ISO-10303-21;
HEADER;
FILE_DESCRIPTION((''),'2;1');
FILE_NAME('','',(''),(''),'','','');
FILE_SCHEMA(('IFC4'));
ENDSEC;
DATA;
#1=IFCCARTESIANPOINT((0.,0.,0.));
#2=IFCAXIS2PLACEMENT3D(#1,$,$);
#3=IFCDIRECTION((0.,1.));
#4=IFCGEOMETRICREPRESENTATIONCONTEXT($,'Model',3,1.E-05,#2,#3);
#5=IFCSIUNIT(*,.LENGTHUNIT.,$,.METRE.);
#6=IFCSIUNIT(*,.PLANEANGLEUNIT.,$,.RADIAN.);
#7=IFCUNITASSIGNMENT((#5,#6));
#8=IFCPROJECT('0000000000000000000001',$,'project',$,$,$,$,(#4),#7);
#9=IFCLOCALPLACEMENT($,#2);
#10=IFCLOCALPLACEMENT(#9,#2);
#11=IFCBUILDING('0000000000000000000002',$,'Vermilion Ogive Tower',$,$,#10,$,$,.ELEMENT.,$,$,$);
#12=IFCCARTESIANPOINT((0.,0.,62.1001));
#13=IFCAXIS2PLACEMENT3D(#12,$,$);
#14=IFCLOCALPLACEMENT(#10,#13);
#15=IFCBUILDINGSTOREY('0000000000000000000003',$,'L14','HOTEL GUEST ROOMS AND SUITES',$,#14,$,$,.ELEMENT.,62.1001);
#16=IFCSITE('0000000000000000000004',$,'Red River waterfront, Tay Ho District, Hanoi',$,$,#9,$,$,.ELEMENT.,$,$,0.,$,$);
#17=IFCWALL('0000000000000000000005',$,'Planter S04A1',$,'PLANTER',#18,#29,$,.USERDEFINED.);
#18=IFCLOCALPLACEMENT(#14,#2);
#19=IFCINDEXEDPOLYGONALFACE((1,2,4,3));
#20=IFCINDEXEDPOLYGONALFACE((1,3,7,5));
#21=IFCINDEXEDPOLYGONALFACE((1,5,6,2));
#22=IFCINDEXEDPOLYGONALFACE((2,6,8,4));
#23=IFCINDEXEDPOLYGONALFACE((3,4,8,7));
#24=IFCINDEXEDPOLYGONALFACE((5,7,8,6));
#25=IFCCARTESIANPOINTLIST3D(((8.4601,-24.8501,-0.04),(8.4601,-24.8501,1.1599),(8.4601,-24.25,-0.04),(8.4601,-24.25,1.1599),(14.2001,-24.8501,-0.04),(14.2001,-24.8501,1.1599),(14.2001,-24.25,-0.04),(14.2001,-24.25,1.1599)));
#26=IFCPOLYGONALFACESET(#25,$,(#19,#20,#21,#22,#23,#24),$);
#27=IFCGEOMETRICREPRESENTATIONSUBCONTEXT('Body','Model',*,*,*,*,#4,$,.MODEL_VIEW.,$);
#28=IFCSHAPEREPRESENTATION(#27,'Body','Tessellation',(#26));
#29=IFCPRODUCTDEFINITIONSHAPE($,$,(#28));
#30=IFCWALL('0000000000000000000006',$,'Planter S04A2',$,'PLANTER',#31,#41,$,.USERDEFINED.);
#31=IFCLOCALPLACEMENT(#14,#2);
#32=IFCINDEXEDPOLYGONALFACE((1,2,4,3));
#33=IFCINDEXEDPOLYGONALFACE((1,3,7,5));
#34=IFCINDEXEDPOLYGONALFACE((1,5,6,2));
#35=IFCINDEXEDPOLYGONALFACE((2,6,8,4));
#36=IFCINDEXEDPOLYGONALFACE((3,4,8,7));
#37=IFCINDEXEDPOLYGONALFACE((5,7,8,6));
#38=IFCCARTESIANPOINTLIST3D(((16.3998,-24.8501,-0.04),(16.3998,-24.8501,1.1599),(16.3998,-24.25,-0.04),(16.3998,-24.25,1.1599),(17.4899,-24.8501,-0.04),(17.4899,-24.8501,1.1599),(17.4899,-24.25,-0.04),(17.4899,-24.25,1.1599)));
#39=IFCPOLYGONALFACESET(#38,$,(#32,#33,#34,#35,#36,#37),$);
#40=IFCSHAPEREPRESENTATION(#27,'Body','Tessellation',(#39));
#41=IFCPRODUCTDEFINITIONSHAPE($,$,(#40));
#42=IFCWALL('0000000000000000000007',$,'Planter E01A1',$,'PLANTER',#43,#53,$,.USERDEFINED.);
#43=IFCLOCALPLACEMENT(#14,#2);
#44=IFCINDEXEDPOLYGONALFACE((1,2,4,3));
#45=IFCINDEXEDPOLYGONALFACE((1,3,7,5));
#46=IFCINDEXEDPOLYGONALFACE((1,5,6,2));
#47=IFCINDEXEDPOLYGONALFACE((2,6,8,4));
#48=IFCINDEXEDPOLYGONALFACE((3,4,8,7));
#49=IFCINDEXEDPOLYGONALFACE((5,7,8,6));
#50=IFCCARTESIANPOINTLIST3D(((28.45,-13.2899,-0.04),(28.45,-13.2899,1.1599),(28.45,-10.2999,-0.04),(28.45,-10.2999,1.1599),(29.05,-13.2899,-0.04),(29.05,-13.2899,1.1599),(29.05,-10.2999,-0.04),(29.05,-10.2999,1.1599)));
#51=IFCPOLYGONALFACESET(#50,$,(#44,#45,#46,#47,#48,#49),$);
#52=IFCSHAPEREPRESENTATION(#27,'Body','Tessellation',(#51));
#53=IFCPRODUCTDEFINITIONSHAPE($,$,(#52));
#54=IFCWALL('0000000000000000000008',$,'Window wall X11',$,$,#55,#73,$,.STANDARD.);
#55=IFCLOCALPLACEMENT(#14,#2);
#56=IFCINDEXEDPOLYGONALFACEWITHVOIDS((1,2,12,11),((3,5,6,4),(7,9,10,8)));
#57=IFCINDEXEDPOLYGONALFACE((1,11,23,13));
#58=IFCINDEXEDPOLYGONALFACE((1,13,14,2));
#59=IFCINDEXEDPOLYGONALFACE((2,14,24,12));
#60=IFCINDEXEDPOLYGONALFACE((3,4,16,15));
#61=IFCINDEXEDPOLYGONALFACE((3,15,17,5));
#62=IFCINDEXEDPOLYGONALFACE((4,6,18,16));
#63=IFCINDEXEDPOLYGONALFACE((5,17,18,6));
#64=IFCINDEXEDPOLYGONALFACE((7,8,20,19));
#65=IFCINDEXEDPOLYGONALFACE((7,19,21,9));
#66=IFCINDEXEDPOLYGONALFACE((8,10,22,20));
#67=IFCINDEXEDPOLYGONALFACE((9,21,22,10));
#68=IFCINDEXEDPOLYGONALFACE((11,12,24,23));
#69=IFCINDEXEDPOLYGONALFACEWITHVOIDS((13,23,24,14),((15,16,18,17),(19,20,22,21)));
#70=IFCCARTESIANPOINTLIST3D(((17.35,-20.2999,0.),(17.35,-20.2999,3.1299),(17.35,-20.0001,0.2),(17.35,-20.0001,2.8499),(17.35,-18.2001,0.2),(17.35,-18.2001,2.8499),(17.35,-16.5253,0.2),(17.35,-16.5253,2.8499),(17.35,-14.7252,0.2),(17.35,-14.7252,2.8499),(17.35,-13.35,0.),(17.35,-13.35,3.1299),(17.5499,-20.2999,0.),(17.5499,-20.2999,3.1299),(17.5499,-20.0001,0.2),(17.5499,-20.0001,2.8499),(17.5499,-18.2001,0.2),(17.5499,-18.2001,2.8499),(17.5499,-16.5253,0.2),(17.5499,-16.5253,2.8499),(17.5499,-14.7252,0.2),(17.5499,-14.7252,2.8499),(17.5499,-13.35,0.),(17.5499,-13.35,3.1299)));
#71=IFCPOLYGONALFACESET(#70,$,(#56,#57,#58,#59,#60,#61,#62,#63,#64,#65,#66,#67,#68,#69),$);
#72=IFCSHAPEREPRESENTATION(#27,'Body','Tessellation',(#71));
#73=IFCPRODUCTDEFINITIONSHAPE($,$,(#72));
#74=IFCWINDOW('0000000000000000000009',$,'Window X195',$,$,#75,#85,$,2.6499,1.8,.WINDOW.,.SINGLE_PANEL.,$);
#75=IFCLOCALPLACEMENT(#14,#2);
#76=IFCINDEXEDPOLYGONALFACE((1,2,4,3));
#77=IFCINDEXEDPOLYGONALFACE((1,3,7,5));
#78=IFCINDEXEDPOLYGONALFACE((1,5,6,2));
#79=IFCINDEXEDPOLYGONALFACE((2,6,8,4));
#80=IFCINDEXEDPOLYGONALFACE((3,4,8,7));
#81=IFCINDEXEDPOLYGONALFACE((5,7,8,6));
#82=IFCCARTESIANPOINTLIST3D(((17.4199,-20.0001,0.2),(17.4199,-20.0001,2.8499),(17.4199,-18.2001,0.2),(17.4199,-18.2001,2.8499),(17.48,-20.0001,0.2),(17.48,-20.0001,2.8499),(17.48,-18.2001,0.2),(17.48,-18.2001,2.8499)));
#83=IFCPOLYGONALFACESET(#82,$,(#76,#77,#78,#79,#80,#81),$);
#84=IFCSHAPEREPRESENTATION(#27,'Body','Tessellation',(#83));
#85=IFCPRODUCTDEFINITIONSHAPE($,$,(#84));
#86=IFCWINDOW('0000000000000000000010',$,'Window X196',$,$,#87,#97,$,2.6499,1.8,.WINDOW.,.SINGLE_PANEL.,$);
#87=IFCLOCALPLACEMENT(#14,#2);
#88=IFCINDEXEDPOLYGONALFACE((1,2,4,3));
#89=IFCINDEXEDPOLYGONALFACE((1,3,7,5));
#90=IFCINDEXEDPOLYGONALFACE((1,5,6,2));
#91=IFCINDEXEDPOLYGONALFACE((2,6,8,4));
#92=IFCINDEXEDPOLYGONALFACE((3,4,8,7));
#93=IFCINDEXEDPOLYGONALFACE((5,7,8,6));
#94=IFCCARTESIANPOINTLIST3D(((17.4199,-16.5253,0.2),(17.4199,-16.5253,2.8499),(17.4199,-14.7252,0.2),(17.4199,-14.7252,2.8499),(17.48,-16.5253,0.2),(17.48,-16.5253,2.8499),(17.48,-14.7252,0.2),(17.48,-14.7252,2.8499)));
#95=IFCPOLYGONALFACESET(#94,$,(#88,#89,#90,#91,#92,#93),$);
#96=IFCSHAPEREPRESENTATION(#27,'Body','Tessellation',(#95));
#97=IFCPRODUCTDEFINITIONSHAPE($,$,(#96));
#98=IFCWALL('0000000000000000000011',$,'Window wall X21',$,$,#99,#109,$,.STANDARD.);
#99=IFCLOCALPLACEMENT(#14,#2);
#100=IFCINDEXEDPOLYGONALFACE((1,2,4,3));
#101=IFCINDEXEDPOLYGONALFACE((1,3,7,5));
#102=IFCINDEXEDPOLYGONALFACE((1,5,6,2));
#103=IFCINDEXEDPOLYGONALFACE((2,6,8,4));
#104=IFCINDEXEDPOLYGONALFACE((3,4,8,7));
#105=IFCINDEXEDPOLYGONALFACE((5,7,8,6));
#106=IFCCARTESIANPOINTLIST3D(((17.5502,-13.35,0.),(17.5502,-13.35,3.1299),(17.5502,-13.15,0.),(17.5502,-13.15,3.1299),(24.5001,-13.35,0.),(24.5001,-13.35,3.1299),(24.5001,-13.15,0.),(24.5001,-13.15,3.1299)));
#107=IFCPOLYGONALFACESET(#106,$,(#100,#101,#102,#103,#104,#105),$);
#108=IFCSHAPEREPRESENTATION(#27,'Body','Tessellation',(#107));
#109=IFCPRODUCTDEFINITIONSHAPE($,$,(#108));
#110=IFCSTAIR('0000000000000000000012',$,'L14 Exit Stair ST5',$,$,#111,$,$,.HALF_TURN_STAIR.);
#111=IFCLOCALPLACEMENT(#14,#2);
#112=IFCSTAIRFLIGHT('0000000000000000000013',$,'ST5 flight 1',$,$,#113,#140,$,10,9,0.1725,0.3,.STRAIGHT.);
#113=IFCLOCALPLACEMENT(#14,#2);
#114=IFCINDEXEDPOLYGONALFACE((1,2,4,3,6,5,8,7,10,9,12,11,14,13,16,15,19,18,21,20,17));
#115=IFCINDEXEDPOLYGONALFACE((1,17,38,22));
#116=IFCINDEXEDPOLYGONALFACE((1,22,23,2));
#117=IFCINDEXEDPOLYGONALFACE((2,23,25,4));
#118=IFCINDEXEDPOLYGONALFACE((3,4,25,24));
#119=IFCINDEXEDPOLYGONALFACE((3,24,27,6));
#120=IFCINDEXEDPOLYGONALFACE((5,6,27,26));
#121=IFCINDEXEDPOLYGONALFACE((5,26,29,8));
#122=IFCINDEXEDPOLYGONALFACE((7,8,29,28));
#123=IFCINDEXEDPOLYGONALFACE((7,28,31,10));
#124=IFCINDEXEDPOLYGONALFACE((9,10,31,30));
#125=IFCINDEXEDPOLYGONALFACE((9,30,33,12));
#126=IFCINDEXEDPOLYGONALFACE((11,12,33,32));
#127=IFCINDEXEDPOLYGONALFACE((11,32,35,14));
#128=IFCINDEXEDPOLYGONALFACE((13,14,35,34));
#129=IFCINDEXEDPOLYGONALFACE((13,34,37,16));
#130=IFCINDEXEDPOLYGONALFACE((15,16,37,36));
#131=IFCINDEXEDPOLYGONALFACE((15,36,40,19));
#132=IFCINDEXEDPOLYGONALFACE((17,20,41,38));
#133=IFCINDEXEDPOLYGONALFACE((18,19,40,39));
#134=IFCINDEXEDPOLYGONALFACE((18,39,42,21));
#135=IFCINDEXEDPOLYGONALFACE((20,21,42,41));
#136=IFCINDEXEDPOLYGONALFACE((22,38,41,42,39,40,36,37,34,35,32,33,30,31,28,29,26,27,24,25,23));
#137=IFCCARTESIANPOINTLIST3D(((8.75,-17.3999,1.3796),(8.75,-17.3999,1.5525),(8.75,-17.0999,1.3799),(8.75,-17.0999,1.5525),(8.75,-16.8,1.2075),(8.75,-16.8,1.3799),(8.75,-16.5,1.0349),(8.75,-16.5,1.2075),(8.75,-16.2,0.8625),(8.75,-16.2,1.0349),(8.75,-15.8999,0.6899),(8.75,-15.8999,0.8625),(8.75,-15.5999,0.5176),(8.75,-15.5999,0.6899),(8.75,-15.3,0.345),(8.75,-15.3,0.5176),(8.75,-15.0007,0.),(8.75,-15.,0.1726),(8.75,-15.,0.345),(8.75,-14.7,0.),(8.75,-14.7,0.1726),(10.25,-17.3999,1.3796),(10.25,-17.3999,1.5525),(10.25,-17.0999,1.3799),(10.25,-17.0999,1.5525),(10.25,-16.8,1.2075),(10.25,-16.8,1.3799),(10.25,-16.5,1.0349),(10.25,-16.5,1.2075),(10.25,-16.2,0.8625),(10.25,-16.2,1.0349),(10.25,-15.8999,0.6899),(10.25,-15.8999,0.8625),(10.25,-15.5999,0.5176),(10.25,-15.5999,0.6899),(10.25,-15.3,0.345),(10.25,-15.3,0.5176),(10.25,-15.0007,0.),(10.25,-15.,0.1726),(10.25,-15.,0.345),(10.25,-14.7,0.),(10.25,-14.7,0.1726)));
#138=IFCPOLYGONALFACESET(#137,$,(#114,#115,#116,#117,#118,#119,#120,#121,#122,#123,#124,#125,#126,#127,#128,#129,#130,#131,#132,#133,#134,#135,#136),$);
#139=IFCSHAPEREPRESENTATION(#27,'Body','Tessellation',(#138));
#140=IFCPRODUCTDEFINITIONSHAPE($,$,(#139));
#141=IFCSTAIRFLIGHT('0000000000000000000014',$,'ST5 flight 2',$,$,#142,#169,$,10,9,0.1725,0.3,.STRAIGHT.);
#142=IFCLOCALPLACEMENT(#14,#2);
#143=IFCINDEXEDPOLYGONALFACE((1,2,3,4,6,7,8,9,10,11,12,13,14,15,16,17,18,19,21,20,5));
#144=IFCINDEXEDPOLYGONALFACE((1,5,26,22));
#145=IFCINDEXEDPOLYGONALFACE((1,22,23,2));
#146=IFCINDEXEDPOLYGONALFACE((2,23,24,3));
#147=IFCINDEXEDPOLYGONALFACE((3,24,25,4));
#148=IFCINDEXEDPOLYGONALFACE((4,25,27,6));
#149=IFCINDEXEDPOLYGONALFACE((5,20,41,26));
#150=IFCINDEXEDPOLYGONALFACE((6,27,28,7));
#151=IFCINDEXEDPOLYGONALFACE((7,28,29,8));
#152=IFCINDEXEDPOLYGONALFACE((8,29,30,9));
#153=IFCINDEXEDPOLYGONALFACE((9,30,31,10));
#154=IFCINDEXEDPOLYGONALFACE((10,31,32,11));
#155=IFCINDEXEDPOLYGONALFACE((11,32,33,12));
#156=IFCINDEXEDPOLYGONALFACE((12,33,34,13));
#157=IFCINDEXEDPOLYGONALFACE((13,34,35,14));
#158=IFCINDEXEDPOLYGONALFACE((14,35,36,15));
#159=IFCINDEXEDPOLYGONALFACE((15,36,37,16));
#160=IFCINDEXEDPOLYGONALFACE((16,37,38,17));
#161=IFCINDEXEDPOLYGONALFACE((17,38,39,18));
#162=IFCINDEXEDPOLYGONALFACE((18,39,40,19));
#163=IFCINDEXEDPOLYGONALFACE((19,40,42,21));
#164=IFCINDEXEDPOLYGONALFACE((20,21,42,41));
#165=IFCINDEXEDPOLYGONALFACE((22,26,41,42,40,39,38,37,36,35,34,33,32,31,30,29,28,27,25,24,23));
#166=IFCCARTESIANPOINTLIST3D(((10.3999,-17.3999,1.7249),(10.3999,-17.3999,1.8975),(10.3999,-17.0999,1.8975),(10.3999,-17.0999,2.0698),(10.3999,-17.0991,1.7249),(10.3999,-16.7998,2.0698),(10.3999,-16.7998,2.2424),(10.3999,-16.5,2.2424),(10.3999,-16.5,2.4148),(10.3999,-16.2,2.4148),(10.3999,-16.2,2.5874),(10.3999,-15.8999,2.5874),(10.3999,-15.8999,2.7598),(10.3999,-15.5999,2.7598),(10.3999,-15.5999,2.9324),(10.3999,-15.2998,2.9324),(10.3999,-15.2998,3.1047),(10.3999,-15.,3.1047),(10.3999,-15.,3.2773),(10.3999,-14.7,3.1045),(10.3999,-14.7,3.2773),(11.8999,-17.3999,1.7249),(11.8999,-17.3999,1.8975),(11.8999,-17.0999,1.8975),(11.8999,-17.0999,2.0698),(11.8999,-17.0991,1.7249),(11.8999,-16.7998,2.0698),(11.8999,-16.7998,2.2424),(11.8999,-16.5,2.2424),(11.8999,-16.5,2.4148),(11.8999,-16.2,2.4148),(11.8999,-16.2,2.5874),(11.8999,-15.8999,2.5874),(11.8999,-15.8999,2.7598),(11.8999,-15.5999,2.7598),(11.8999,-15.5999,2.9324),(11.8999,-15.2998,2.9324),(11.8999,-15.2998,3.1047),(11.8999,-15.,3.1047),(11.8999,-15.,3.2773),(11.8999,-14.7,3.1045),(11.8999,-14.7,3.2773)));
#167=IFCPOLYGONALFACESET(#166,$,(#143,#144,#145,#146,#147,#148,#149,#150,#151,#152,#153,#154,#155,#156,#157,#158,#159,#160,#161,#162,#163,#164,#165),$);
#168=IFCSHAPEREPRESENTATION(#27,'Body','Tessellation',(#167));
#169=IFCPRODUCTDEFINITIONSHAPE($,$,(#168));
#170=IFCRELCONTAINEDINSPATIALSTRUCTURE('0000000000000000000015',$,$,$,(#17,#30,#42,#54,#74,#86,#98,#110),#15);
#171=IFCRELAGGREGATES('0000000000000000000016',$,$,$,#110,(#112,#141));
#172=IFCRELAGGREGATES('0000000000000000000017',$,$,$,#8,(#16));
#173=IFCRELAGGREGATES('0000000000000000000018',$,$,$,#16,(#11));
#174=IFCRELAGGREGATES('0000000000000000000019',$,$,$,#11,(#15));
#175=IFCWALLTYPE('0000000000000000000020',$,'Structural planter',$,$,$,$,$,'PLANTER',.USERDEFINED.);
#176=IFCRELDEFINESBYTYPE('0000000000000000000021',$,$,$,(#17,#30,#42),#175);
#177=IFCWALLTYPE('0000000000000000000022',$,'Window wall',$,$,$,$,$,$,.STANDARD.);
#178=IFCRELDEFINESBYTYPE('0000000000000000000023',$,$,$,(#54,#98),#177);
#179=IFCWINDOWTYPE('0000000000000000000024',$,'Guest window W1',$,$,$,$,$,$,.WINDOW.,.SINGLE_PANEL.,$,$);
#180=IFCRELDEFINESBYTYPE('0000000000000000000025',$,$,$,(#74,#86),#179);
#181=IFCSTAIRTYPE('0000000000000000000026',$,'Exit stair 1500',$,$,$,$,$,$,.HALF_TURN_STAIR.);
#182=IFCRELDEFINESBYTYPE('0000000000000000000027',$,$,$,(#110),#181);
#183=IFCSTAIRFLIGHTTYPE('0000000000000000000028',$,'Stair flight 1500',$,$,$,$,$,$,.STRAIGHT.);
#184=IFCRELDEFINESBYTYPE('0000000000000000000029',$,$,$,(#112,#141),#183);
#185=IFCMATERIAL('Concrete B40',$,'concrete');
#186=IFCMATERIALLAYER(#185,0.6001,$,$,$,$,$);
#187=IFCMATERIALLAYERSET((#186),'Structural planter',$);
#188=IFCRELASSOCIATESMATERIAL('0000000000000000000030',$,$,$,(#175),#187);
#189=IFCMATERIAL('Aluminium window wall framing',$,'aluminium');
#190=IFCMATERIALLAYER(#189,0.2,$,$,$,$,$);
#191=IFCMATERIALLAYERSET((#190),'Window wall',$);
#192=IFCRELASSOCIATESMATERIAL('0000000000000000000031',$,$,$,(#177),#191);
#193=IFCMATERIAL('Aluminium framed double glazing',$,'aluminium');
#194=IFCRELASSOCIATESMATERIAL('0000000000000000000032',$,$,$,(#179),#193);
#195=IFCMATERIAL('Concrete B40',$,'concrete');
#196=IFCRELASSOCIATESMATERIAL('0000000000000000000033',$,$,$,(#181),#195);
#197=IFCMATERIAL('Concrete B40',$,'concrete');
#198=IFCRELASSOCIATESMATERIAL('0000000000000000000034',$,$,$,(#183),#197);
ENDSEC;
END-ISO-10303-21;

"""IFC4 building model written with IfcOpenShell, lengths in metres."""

from ifc_helpers import new_model, si_unit, direction, frame, frame_2d, origin, place, context, subcontext, project, spatial, polyline, rectangle, outline, extrude, material, layer, layer_set, type_object, element, fill, aggregate, save


model = new_model("IFC4")

# Units and contexts
model_context = context("Model", 3, precision=1e-05, world=origin(), true_north=direction((0.0, 1.0)))
body_context = subcontext(model_context, "Body", "Model", "MODEL_VIEW")
ifc_project = project(units=[si_unit("LENGTHUNIT", "METRE"), si_unit("PLANEANGLEUNIT", "RADIAN")], contexts=[model_context])

# Site, building, storey
site_placement = place(None, origin())
site = spatial("IfcSite", under=ifc_project, at=site_placement, Name="Red River waterfront, Tay Ho District, Hanoi", CompositionType="ELEMENT", RefElevation=0.0)
building_placement = place(site_placement, origin())
building = spatial("IfcBuilding", under=site, at=building_placement, Name="Vermilion Ogive Tower", CompositionType="ELEMENT")
storey_placement = place(building_placement, frame((0.0, 0.0, 62.1001)))
storey = spatial("IfcBuildingStorey", under=building, at=storey_placement, Name="L14", Description="HOTEL GUEST ROOMS AND SUITES", CompositionType="ELEMENT", Elevation=62.1001)

# Walls
ifc_material_1 = material(Name="Concrete B40", Category="concrete")
ifc_layer_1 = layer(ifc_material_1, 0.6001)
ifc_layer_set_1 = layer_set([ifc_layer_1], Name="Structural planter")
wall_type_1 = type_object("IfcWallType", Name="Structural planter", ElementType="PLANTER", PredefinedType="USERDEFINED", material=ifc_layer_set_1)
wall_1_placement = place(storey_placement, frame((8.46, -24.55, -0.04), z_axis=(0.0, 0.0, 1.0), x_axis=(1.0, 0.0, 0.0)))
element("IfcWall", 1, at=wall_1_placement, inside=storey, type_object=wall_type_1, Name="Planter S04A1", ObjectType="PLANTER", PredefinedType="USERDEFINED", context=body_context, shape_type="SweptSolid", body=[
    extrude(rectangle(XDim=5.74, YDim=0.6001, at=frame_2d((2.8701, 0.0))), origin(), (0.0, 0.0, 1.0), 1.2),
])
wall_2_placement = place(storey_placement, frame((16.3999, -24.55, -0.04), z_axis=(0.0, 0.0, 1.0), x_axis=(1.0, 0.0, 0.0)))
element("IfcWall", 2, at=wall_2_placement, inside=storey, type_object=wall_type_1, Name="Planter S04A2", ObjectType="PLANTER", PredefinedType="USERDEFINED", context=body_context, shape_type="SweptSolid", body=[
    extrude(rectangle(XDim=1.0901, YDim=0.6001, at=frame_2d((0.5449, 0.0))), origin(), (0.0, 0.0, 1.0), 1.2),
])
wall_3_placement = place(storey_placement, frame((28.75, -13.29, -0.04), z_axis=(0.0, 0.0, 1.0), x_axis=(0.0, 1.0, 0.0)))
element("IfcWall", 3, at=wall_3_placement, inside=storey, type_object=wall_type_1, Name="Planter E01A1", ObjectType="PLANTER", PredefinedType="USERDEFINED", context=body_context, shape_type="SweptSolid", body=[
    extrude(rectangle(XDim=2.99, YDim=0.6001, at=frame_2d((1.4951, 0.0))), origin(), (0.0, 0.0, 1.0), 1.2),
])

# Shared definitions
ifc_material_2 = material(Name="Aluminium window wall framing", Category="aluminium")
ifc_layer_2 = layer(ifc_material_2, 0.2)
ifc_layer_set_2 = layer_set([ifc_layer_2], Name="Window wall")
wall_type_2 = type_object("IfcWallType", Name="Window wall", PredefinedType="STANDARD", material=ifc_layer_set_2)
ifc_material_3 = material(Name="Aluminium framed double glazing", Category="aluminium")
window_type = type_object("IfcWindowType", Name="Guest window W1", PartitioningType="SINGLE_PANEL", PredefinedType="WINDOW", material=ifc_material_3)

# Wall, openings, windows
wall_4_placement = place(storey_placement, frame((17.45, -20.3, 0.0), z_axis=(0.0, 0.0, 1.0), x_axis=(0.0, 1.0, 0.0)))
wall_4 = element("IfcWall", 4, at=wall_4_placement, inside=storey, type_object=wall_type_2, Name="Window wall X11", PredefinedType="STANDARD", context=body_context, shape_type="SweptSolid", body=[
    extrude(rectangle(XDim=6.95, YDim=0.2, at=frame_2d((3.4751, 0.0))), origin(), (0.0, 0.0, 1.0), 3.1299),
])
opening_1_placement = place(wall_4_placement, frame((0.3, 0.0, 0.2)))
opening_1 = element("IfcOpeningElement", 5, at=opening_1_placement, cuts=wall_4, PredefinedType="OPENING", context=body_context, shape_type="SweptSolid", body=[
    extrude(rectangle(XDim=1.8, YDim=2.6499, at=frame_2d((0.8999, 1.325))), frame((0.0, 0.1099, 0.0), z_axis=(0.0, -1.0, 0.0), x_axis=(1.0, 0.0, 0.0)), (0.0, 0.0, 1.0), 0.22),
])
opening_2_placement = place(wall_4_placement, frame((3.7749, 0.0, 0.2)))
opening_2 = element("IfcOpeningElement", 6, at=opening_2_placement, cuts=wall_4, PredefinedType="OPENING", context=body_context, shape_type="SweptSolid", body=[
    extrude(rectangle(XDim=1.8, YDim=2.6499, at=frame_2d((0.8999, 1.325))), frame((0.0, 0.1099, 0.0), z_axis=(0.0, -1.0, 0.0), x_axis=(1.0, 0.0, 0.0)), (0.0, 0.0, 1.0), 0.22),
])
window_1_placement = place(opening_1_placement, origin())
window_1 = element("IfcWindow", 7, at=window_1_placement, inside=storey, type_object=window_type, Name="Window X195", OverallHeight=2.6499, OverallWidth=1.8, PartitioningType="SINGLE_PANEL", PredefinedType="WINDOW", context=body_context, shape_type="SweptSolid", body=[
    extrude(rectangle(XDim=1.8, YDim=2.6499, at=frame_2d((0.8999, 1.325))), frame((0.0, 0.03, 0.0), z_axis=(0.0, -1.0, 0.0), x_axis=(1.0, 0.0, 0.0)), (0.0, 0.0, 1.0), 0.0601),
])
fill(opening_1, window_1)
window_2_placement = place(opening_2_placement, origin())
window_2 = element("IfcWindow", 8, at=window_2_placement, inside=storey, type_object=window_type, Name="Window X196", OverallHeight=2.6499, OverallWidth=1.8, PartitioningType="SINGLE_PANEL", PredefinedType="WINDOW", context=body_context, shape_type="SweptSolid", body=[
    extrude(rectangle(XDim=1.8, YDim=2.6499, at=frame_2d((0.8999, 1.325))), frame((0.0, 0.03, 0.0), z_axis=(0.0, -1.0, 0.0), x_axis=(1.0, 0.0, 0.0)), (0.0, 0.0, 1.0), 0.0601),
])
fill(opening_2, window_2)

# Wall
wall_5_placement = place(storey_placement, frame((17.55, -13.25, 0.0), z_axis=(0.0, 0.0, 1.0), x_axis=(1.0, 0.0, 0.0)))
element("IfcWall", 9, at=wall_5_placement, inside=storey, type_object=wall_type_2, Name="Window wall X21", PredefinedType="STANDARD", context=body_context, shape_type="SweptSolid", body=[
    extrude(rectangle(XDim=6.95, YDim=0.2, at=frame_2d((3.4751, 0.0))), origin(), (0.0, 0.0, 1.0), 3.1299),
])

# Stair, stair flights
ifc_material_4 = material(Name="Concrete B40", Category="concrete")
stair_type = type_object("IfcStairType", Name="Exit stair 1500", PredefinedType="HALF_TURN_STAIR", material=ifc_material_4)
stair_placement = place(storey_placement, origin())
stair = element("IfcStair", 10, at=stair_placement, inside=storey, type_object=stair_type, Name="L14 Exit Stair ST5", PredefinedType="HALF_TURN_STAIR")
ifc_material_5 = material(Name="Concrete B40", Category="concrete")
stair_flight_type = type_object("IfcStairFlightType", Name="Stair flight 1500", PredefinedType="STRAIGHT", material=ifc_material_5)
stair_flight_1_placement = place(storey_placement, frame((9.5, -14.7, 0.0), z_axis=(0.0, 0.0, 1.0), x_axis=(0.0, -1.0, 0.0)))
stair_flight_1 = element("IfcStairFlight", 11, at=stair_flight_1_placement, type_object=stair_flight_type, Name="ST5 flight 1", NumberOfRisers=10, NumberOfTreads=9, PredefinedType="STRAIGHT", RiserHeight=0.1725, TreadLength=0.3, context=body_context, shape_type="SweptSolid", body=[
    extrude(outline(polyline([(0.0, 0.0), (0.0, 0.1726), (0.3, 0.1726), (0.3, 0.345), (0.6001, 0.345), (0.6001, 0.5176), (0.8999, 0.5176), (0.8999, 0.6899), (1.2, 0.6899), (1.2, 0.8625), (1.5, 0.8625), (1.5, 1.0349), (1.8, 1.0349), (1.8, 1.2075), (2.1001, 1.2075), (2.1001, 1.3799), (2.3999, 1.3799), (2.3999, 1.5525), (2.7, 1.5525), (2.7, 1.7251), (2.7, 1.3796), (0.3008, 0.0), (0.0, 0.0)])), frame((0.0, 0.75, 0.0), z_axis=(0.0, -1.0, 0.0), x_axis=(1.0, 0.0, 0.0)), (0.0, 0.0, 1.0), 1.5),
])
stair_flight_2_placement = place(storey_placement, frame((11.1499, -17.3999, 1.7249), z_axis=(0.0, 0.0, 1.0), x_axis=(0.0, 1.0, 0.0)))
stair_flight_2 = element("IfcStairFlight", 12, at=stair_flight_2_placement, type_object=stair_flight_type, Name="ST5 flight 2", NumberOfRisers=10, NumberOfTreads=9, PredefinedType="STRAIGHT", RiserHeight=0.1725, TreadLength=0.3, context=body_context, shape_type="SweptSolid", body=[
    extrude(outline(polyline([(0.0, 0.0), (0.0, 0.1726), (0.3, 0.1726), (0.3, 0.345), (0.6001, 0.345), (0.6001, 0.5176), (0.8999, 0.5176), (0.8999, 0.6899), (1.2, 0.6899), (1.2, 0.8625), (1.5, 0.8625), (1.5, 1.0349), (1.8, 1.0349), (1.8, 1.2075), (2.1001, 1.2075), (2.1001, 1.3799), (2.3999, 1.3799), (2.3999, 1.5525), (2.7, 1.5525), (2.7, 1.7251), (2.7, 1.3796), (0.3008, 0.0), (0.0, 0.0)])), frame((0.0, 0.75, 0.0), z_axis=(0.0, -1.0, 0.0), x_axis=(1.0, 0.0, 0.0)), (0.0, 0.0, 1.0), 1.5),
])
aggregate(stair, [stair_flight_1, stair_flight_2])

save(model, "model.ifc")
